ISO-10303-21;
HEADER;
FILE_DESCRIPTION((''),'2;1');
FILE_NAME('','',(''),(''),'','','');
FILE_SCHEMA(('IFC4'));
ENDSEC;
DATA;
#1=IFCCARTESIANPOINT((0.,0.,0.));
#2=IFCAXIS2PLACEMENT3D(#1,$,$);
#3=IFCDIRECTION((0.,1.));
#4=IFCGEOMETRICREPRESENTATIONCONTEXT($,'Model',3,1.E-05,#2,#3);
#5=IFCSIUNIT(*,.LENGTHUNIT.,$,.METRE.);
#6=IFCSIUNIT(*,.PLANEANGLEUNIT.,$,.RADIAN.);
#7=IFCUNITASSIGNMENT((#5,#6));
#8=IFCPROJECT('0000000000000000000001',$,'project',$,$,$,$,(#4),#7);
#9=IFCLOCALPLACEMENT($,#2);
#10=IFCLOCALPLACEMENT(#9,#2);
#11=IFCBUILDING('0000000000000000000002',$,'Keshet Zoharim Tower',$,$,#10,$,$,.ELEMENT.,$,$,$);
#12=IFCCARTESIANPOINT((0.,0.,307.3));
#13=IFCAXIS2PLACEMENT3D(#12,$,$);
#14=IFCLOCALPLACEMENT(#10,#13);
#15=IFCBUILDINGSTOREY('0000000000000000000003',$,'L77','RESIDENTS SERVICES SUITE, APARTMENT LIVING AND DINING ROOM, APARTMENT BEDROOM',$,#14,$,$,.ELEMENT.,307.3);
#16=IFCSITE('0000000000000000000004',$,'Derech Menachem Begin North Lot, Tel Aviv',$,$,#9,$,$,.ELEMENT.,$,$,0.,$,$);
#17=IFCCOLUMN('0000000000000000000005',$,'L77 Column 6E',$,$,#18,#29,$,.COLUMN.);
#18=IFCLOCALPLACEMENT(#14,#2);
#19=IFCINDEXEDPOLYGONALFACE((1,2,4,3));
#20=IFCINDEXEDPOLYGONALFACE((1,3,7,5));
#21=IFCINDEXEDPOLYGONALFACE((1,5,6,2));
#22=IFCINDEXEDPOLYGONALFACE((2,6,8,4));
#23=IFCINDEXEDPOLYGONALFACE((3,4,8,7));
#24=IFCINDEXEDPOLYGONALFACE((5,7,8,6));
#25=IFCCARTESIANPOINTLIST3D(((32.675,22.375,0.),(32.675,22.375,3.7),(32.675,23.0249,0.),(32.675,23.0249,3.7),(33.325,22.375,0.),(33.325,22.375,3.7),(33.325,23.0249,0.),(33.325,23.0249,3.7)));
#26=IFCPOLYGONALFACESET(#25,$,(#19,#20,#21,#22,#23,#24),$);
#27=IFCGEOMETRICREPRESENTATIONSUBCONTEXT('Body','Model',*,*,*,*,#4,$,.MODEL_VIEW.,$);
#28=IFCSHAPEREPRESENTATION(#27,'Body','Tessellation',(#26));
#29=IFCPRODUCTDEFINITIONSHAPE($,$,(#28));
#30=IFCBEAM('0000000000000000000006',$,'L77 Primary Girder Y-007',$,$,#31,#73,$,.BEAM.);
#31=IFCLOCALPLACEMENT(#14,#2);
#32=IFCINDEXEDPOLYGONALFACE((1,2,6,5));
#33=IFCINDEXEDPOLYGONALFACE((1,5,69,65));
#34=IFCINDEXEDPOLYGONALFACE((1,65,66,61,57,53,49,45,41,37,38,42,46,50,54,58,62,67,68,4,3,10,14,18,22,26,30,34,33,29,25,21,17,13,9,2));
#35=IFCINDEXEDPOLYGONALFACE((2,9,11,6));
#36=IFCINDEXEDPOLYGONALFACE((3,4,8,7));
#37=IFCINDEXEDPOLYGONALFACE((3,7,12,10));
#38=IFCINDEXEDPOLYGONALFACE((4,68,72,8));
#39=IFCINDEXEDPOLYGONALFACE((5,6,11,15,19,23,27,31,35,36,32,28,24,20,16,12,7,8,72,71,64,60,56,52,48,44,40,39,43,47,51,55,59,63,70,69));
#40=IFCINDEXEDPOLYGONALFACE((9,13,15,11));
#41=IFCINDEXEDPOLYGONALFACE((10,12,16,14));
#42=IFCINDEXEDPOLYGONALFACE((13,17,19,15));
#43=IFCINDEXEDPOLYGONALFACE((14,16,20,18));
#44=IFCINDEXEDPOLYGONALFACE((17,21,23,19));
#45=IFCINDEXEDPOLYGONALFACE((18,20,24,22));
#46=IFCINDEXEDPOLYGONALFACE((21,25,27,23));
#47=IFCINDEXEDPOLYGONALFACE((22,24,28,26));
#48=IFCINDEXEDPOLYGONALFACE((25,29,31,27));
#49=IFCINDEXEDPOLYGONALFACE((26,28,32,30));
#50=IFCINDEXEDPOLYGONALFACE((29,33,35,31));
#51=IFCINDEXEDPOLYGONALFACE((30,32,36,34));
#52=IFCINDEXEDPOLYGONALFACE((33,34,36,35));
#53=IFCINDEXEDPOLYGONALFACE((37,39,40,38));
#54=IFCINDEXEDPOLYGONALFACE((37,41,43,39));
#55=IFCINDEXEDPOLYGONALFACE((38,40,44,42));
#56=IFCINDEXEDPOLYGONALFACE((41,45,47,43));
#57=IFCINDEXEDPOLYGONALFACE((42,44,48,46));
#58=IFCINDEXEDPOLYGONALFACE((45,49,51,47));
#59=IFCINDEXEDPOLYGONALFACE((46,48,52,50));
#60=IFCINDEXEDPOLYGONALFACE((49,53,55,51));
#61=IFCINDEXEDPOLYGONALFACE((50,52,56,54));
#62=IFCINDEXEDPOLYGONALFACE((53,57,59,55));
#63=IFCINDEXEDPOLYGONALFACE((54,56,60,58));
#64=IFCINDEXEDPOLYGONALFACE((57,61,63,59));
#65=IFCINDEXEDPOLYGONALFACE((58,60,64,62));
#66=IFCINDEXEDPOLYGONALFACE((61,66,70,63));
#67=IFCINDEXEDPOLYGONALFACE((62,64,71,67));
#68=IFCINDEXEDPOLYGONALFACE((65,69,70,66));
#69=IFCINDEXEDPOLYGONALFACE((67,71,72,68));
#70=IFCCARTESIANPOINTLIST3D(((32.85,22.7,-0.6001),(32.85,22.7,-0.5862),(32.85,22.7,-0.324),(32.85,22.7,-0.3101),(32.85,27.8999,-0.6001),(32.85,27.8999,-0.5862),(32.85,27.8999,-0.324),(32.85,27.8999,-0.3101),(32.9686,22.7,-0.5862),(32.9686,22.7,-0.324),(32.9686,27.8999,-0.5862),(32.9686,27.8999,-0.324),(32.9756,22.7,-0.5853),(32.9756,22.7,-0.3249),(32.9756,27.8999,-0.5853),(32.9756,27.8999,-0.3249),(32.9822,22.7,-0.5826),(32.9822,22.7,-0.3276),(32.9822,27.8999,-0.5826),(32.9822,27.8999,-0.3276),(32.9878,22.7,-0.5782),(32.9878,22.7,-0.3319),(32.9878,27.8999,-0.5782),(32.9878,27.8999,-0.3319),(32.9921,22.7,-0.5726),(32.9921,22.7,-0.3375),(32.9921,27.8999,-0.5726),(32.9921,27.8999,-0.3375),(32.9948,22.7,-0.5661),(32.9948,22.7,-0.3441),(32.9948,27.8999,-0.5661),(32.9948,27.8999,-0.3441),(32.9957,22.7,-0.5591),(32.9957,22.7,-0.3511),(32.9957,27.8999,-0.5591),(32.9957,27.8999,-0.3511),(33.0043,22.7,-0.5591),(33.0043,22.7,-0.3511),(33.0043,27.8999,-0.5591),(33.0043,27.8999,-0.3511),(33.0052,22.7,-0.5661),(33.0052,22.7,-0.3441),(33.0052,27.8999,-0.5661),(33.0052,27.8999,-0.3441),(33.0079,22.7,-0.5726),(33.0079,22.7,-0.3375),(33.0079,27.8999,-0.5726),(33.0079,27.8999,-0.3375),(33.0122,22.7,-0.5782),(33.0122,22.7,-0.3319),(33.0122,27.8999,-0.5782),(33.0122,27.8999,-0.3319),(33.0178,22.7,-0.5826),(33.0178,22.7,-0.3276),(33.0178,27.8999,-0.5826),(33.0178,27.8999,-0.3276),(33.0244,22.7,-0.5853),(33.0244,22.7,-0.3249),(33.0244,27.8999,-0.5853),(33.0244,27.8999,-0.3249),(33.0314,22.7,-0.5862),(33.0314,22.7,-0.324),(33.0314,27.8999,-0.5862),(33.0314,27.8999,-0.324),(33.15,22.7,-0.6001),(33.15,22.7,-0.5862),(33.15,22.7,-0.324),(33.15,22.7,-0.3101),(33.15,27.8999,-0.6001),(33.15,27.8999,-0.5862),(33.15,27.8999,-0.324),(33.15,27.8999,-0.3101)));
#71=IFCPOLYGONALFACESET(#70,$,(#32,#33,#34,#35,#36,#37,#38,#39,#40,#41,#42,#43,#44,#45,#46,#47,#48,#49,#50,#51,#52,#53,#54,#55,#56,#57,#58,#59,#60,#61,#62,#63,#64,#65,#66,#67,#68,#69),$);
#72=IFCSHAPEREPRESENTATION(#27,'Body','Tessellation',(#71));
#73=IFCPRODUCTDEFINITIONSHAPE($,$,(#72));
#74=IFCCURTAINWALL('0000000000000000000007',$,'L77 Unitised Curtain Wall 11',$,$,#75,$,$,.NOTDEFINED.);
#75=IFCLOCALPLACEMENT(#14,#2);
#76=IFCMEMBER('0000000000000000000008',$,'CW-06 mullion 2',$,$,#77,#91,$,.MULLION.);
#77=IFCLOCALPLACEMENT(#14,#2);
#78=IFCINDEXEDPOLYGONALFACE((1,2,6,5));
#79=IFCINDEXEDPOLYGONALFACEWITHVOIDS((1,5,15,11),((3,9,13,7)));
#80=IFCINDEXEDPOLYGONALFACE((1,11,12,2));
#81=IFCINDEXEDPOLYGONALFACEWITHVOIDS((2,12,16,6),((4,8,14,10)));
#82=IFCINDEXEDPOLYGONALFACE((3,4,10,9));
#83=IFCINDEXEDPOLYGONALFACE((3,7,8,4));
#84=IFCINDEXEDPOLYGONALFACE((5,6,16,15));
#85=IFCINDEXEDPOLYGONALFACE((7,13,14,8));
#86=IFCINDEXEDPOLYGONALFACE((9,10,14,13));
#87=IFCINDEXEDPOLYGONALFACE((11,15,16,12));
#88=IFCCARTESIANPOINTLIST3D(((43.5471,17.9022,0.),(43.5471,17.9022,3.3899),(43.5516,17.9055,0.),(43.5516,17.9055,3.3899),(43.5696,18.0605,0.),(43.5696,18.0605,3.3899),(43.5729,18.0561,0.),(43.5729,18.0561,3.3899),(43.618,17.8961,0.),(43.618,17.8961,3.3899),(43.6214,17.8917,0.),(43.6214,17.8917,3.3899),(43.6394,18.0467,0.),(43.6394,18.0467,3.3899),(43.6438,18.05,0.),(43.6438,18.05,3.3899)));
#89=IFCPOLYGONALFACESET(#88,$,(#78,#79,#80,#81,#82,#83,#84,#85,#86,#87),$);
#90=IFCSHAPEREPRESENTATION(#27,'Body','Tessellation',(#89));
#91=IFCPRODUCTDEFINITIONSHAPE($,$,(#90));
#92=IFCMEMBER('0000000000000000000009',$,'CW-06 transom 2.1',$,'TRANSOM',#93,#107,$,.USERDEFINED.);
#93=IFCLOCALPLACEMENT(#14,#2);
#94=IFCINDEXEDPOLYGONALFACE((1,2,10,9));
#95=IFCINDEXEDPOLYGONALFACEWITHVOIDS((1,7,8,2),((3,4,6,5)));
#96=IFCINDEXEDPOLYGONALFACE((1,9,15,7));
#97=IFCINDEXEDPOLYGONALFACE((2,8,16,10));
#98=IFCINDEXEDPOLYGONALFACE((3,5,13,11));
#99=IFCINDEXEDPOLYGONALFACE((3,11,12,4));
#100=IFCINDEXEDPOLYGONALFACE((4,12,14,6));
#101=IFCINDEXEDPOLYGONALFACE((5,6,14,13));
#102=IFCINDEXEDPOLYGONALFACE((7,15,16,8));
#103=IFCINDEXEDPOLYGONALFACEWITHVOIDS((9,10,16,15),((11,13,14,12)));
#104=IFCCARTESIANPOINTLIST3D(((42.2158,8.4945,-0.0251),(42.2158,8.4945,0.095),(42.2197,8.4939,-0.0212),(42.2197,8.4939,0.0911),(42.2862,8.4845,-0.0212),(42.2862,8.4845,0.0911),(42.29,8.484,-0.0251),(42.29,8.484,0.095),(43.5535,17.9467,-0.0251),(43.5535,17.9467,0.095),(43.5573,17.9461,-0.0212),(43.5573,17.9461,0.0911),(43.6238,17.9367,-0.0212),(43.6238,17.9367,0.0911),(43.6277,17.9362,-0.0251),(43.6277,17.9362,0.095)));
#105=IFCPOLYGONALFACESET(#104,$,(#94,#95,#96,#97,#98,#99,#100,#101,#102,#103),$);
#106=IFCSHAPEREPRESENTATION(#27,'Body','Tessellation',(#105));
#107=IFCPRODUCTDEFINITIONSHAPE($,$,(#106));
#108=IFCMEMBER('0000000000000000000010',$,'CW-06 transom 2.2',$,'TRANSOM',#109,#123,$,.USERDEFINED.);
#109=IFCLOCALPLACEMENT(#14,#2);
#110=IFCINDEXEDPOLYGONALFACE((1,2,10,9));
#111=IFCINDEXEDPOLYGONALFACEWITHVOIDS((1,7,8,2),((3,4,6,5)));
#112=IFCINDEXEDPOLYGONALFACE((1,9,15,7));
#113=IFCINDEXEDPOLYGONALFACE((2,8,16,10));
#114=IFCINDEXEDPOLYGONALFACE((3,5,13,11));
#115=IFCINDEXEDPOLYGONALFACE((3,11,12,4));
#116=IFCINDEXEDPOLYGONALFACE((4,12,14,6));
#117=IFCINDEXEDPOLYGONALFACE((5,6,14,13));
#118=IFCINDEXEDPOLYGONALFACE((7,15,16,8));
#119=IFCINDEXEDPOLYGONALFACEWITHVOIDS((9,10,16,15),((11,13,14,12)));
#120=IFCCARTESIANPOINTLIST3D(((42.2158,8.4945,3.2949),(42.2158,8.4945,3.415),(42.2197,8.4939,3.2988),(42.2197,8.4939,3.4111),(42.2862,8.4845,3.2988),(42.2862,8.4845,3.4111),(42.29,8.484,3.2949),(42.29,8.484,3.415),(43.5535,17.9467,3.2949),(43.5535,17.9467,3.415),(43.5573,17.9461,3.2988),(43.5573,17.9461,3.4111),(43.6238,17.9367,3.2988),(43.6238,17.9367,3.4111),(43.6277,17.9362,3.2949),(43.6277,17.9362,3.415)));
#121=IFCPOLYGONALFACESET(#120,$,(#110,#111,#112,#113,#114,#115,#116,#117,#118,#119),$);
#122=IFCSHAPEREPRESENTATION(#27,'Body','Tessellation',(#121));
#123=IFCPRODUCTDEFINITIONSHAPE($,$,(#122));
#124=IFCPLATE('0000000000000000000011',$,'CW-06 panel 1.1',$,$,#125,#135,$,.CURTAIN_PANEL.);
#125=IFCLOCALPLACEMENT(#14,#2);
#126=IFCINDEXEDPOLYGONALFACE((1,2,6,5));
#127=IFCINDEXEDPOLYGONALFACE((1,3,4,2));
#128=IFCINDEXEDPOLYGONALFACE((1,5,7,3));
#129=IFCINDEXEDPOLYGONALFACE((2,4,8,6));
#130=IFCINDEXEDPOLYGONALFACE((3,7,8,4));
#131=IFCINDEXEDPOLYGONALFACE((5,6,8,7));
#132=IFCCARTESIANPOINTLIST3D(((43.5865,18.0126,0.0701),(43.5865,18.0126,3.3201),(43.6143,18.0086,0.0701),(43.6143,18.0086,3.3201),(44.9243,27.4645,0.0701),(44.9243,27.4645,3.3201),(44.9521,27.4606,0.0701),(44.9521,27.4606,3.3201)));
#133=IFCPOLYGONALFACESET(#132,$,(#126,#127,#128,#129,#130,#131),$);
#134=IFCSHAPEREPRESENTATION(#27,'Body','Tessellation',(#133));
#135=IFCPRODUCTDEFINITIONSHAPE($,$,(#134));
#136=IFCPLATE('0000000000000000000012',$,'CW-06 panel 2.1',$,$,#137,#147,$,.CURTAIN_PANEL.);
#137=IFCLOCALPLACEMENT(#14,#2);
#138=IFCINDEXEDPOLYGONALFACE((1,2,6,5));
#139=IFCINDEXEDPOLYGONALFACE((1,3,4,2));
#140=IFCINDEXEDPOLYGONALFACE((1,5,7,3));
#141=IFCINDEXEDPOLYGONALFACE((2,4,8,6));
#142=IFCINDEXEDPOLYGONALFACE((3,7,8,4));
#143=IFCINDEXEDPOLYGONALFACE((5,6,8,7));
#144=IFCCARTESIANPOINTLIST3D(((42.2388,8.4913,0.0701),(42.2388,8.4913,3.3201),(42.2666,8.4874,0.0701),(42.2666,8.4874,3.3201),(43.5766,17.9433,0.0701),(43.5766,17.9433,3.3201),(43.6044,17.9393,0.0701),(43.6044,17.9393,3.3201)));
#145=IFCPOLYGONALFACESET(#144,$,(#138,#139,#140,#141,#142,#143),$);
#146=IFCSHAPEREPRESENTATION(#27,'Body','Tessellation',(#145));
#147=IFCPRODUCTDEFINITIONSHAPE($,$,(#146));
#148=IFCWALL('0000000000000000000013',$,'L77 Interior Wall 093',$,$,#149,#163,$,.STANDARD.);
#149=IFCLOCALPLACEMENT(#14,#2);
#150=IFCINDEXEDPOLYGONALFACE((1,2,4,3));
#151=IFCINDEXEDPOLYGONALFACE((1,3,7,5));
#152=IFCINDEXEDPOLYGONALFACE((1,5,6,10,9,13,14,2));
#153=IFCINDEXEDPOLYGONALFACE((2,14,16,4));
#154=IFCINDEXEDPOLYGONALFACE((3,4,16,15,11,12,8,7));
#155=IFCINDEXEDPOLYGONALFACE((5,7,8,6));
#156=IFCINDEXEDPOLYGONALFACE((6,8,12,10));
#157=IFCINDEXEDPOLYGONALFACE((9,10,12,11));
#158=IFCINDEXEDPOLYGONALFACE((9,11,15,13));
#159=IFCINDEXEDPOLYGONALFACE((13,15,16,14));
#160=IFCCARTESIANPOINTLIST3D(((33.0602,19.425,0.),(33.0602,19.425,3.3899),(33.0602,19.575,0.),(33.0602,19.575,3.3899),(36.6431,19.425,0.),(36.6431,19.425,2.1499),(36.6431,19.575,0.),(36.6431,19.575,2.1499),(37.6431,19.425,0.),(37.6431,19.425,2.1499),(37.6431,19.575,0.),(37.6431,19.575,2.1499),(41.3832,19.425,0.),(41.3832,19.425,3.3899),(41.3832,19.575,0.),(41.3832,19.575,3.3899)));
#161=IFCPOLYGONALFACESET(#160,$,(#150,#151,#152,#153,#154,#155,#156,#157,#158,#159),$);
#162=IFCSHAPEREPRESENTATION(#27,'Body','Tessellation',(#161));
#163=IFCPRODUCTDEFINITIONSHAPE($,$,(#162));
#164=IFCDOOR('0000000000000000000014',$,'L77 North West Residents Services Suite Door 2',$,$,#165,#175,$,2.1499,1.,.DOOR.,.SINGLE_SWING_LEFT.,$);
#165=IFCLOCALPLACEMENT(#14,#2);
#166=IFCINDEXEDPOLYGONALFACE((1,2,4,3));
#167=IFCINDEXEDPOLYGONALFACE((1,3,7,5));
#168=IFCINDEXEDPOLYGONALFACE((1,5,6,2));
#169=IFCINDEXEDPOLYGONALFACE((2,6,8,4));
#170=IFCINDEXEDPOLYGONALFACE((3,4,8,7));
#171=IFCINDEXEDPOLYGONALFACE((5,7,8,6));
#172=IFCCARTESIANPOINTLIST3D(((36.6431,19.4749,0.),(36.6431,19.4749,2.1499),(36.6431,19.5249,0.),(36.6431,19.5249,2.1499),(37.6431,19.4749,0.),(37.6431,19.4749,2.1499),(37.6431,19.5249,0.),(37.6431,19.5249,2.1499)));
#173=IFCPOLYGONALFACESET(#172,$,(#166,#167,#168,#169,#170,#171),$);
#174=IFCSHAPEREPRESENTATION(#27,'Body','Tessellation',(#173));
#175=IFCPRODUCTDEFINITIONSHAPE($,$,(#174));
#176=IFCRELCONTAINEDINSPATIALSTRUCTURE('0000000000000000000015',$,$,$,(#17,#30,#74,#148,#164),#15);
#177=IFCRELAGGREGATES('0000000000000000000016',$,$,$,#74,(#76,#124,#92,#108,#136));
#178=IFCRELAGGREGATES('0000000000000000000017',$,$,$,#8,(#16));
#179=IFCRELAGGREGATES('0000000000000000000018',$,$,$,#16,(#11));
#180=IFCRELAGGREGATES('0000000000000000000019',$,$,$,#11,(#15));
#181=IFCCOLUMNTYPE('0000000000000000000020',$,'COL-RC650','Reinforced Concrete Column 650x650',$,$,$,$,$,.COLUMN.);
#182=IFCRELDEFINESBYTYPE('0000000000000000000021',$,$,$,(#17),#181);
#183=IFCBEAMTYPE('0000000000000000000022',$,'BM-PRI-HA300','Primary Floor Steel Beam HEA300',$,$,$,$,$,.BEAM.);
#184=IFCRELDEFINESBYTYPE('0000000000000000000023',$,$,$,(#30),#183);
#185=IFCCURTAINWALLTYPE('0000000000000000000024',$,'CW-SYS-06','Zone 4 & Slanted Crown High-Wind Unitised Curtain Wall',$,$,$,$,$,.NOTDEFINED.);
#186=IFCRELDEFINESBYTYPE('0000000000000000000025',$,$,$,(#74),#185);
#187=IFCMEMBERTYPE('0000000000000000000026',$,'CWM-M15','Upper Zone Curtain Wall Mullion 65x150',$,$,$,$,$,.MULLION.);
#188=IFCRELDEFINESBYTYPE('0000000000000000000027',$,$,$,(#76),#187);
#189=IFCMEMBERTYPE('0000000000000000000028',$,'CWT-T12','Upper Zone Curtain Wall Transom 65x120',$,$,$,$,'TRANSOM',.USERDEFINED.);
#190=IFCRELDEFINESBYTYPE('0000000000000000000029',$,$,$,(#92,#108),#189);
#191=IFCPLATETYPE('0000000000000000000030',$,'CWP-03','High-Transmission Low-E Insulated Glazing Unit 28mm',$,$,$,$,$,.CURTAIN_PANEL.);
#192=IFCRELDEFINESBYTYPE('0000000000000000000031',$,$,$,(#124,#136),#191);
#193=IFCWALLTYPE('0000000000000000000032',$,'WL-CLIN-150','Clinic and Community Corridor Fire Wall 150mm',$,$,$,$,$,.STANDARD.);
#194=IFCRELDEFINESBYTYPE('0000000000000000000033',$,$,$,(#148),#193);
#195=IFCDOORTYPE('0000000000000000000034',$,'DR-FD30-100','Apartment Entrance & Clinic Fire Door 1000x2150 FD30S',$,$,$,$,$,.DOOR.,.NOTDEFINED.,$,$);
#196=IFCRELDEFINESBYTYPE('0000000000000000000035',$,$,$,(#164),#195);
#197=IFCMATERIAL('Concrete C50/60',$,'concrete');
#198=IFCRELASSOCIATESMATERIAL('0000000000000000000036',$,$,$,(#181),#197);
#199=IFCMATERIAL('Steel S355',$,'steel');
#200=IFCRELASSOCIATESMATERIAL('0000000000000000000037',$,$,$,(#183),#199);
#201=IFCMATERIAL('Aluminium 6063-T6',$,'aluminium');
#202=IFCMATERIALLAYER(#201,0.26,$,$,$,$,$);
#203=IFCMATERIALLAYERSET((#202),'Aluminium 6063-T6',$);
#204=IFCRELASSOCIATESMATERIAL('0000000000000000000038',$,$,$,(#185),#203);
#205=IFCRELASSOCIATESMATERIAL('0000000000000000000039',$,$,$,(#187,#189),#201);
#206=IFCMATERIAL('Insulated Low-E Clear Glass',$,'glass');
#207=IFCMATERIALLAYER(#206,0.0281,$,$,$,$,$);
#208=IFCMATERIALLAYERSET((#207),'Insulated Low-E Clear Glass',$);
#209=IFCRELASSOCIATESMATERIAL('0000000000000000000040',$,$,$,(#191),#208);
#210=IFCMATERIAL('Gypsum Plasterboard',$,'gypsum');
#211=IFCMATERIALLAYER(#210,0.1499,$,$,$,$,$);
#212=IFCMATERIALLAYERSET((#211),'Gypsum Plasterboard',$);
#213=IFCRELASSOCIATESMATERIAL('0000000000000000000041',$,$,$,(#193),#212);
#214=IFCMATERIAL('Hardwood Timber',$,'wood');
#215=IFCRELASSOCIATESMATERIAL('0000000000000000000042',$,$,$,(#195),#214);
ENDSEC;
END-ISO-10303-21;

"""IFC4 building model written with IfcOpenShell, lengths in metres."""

from ifc_helpers import new_model, si_unit, direction, frame, frame_2d, origin, origin_2d, place, context, subcontext, project, spatial, rectangle, hollow_rectangle, i_section, extrude, material, layer, layer_set, material_profile, profile_set, type_object, element, fill, aggregate, save


model = new_model("IFC4")

# Units and contexts
model_context = context("Model", 3, precision=1e-05, world=origin(), true_north=direction((0.0, 1.0)))
body_context = subcontext(model_context, "Body", "Model", "MODEL_VIEW")
ifc_project = project(units=[si_unit("LENGTHUNIT", "METRE"), si_unit("PLANEANGLEUNIT", "RADIAN")], contexts=[model_context])

# Site, building, storey
site_placement = place(None, origin())
site = spatial("IfcSite", under=ifc_project, at=site_placement, Name="Derech Menachem Begin North Lot, Tel Aviv", CompositionType="ELEMENT", RefElevation=0.0)
building_placement = place(site_placement, origin())
building = spatial("IfcBuilding", under=site, at=building_placement, Name="Keshet Zoharim Tower", CompositionType="ELEMENT")
storey_placement = place(building_placement, frame((0.0, 0.0, 307.3)))
storey = spatial("IfcBuildingStorey", under=building, at=storey_placement, Name="L77", Description="RESIDENTS SERVICES SUITE, APARTMENT LIVING AND DINING ROOM, APARTMENT BEDROOM", CompositionType="ELEMENT", Elevation=307.3)

# Column
ifc_material_1 = material(Name="Concrete C50/60", Category="concrete")
ifc_material_profile_1 = material_profile(ifc_material_1, rectangle(XDim=0.6499, YDim=0.6499, at=origin_2d()), Name="RC650x650")
ifc_profile_set_1 = profile_set([ifc_material_profile_1], Name="Concrete C50/60")
column_type = type_object("IfcColumnType", Name="COL-RC650", Description="Reinforced Concrete Column 650x650", PredefinedType="COLUMN", material=ifc_profile_set_1)
column_placement = place(storey_placement, frame((33.0, 22.7, 0.0), z_axis=(0.0, 0.0, 1.0), x_axis=(1.0, 0.0, 0.0)))
element("IfcColumn", 1, at=column_placement, inside=storey, type_object=column_type, Name="L77 Column 6E", PredefinedType="COLUMN", context=body_context, shape_type="SweptSolid", body=[
    extrude(rectangle(XDim=0.6499, YDim=0.6499, at=origin_2d()), origin(), (0.0, 0.0, 1.0), 3.7),
])

# Beam
ifc_material_2 = material(Name="Steel S355", Category="steel")
ifc_material_profile_2 = material_profile(ifc_material_2, i_section(OverallWidth=0.3, OverallDepth=0.29, WebThickness=0.0085, FlangeThickness=0.0139, FilletRadius=0.0271, at=origin_2d()), Name="HEA300")
ifc_profile_set_2 = profile_set([ifc_material_profile_2], Name="Steel S355")
beam_type = type_object("IfcBeamType", Name="BM-PRI-HA300", Description="Primary Floor Steel Beam HEA300", PredefinedType="BEAM", material=ifc_profile_set_2)
beam_placement = place(storey_placement, frame((33.0, 22.7, -0.4551), z_axis=(0.0, 1.0, 0.0), x_axis=(-1.0, 0.0, 0.0)))
element("IfcBeam", 2, at=beam_placement, inside=storey, type_object=beam_type, Name="L77 Primary Girder Y-007", PredefinedType="BEAM", context=body_context, shape_type="SweptSolid", body=[
    extrude(i_section(OverallWidth=0.3, OverallDepth=0.29, WebThickness=0.0085, FlangeThickness=0.0139, FilletRadius=0.0271, at=origin_2d()), origin(), (0.0, 0.0, 1.0), 5.2),
])

# Curtain wall, members, plates
ifc_material_3 = material(Name="Aluminium 6063-T6", Category="aluminium")
ifc_layer_1 = layer(ifc_material_3, 0.26)
ifc_layer_set_1 = layer_set([ifc_layer_1], Name="Aluminium 6063-T6")
curtain_wall_type = type_object("IfcCurtainWallType", Name="CW-SYS-06", Description="Zone 4 & Slanted Crown High-Wind Unitised Curtain Wall", PredefinedType="NOTDEFINED", material=ifc_layer_set_1)
curtain_wall_placement = place(storey_placement, origin())
curtain_wall = element("IfcCurtainWall", 3, at=curtain_wall_placement, inside=storey, type_object=curtain_wall_type, Name="L77 Unitised Curtain Wall 11", PredefinedType="NOTDEFINED")
ifc_material_profile_3 = material_profile(ifc_material_3, hollow_rectangle(XDim=0.075, YDim=0.1599, WallThickness=0.0039, at=origin_2d()), Name="MUL-75x160")
ifc_profile_set_3 = profile_set([ifc_material_profile_3], Name="Aluminium 6063-T6")
member_type_1 = type_object("IfcMemberType", Name="CWM-M15", Description="Upper Zone Curtain Wall Mullion 65x150", PredefinedType="MULLION", material=ifc_profile_set_3)
member_1_placement = place(storey_placement, frame((43.5955, 17.9761, 0.0), z_axis=(0.0, 0.0, 1.0), x_axis=(0.990132, -0.140137, 0.0)))
member_1 = element("IfcMember", 4, at=member_1_placement, type_object=member_type_1, Name="CW-06 mullion 2", PredefinedType="MULLION", context=body_context, shape_type="SweptSolid", body=[
    extrude(hollow_rectangle(XDim=0.075, YDim=0.1599, WallThickness=0.0039, at=origin_2d()), origin(), (0.0, 0.0, 1.0), 3.3899),
])
ifc_material_profile_4 = material_profile(ifc_material_3, hollow_rectangle(XDim=0.075, YDim=0.1201, WallThickness=0.0039, at=origin_2d()), Name="TRN-75x120")
ifc_profile_set_4 = profile_set([ifc_material_profile_4], Name="Aluminium 6063-T6")
member_type_2 = type_object("IfcMemberType", Name="CWT-T12", Description="Upper Zone Curtain Wall Transom 65x120", ElementType="TRANSOM", PredefinedType="USERDEFINED", material=ifc_profile_set_4)
member_2_placement = place(storey_placement, frame((43.5906, 17.9414, 0.0349), z_axis=(-0.140122, -0.990134, 0.0), x_axis=(0.990134, -0.140122, 0.0)))
member_2 = element("IfcMember", 5, at=member_2_placement, type_object=member_type_2, Name="CW-06 transom 2.1", ObjectType="TRANSOM", PredefinedType="USERDEFINED", context=body_context, shape_type="SweptSolid", body=[
    extrude(hollow_rectangle(XDim=0.075, YDim=0.1201, WallThickness=0.0039, at=origin_2d()), origin(), (0.0, 0.0, 1.0), 9.5464),
])
member_3_placement = place(storey_placement, frame((43.5906, 17.9414, 3.355), z_axis=(-0.140122, -0.990134, 0.0), x_axis=(0.990134, -0.140122, 0.0)))
member_3 = element("IfcMember", 6, at=member_3_placement, type_object=member_type_2, Name="CW-06 transom 2.2", ObjectType="TRANSOM", PredefinedType="USERDEFINED", context=body_context, shape_type="SweptSolid", body=[
    extrude(hollow_rectangle(XDim=0.075, YDim=0.1201, WallThickness=0.0039, at=origin_2d()), origin(), (0.0, 0.0, 1.0), 9.5464),
])
ifc_material_4 = material(Name="Insulated Low-E Clear Glass", Category="glass")
ifc_layer_2 = layer(ifc_material_4, 0.0281)
ifc_layer_set_2 = layer_set([ifc_layer_2], Name="Insulated Low-E Clear Glass")
plate_type = type_object("IfcPlateType", Name="CWP-03", Description="High-Transmission Low-E Insulated Glazing Unit 28mm", PredefinedType="CURTAIN_PANEL", material=ifc_layer_set_2)
plate_1_placement = place(storey_placement, frame((44.2693, 22.7366, 0.0701), z_axis=(0.0, 0.0, 1.0), x_axis=(-0.140137, -0.990132, 0.0)))
plate_1 = element("IfcPlate", 7, at=plate_1_placement, type_object=plate_type, Name="CW-06 panel 1.1", PredefinedType="CURTAIN_PANEL", context=body_context, shape_type="SweptSolid", body=[
    extrude(rectangle(XDim=9.5461, YDim=0.0281, at=origin_2d()), origin(), (0.0, 0.0, 1.0), 3.25),
])
plate_2_placement = place(storey_placement, frame((42.9216, 13.2153, 0.0701), z_axis=(0.0, 0.0, 1.0), x_axis=(-0.140137, -0.990132, 0.0)))
plate_2 = element("IfcPlate", 8, at=plate_2_placement, type_object=plate_type, Name="CW-06 panel 2.1", PredefinedType="CURTAIN_PANEL", context=body_context, shape_type="SweptSolid", body=[
    extrude(rectangle(XDim=9.5461, YDim=0.0281, at=origin_2d()), origin(), (0.0, 0.0, 1.0), 3.25),
])
aggregate(curtain_wall, [member_1, plate_1, member_2, member_3, plate_2])

# Wall, opening, door
ifc_material_5 = material(Name="Gypsum Plasterboard", Category="gypsum")
ifc_layer_3 = layer(ifc_material_5, 0.1499)
ifc_layer_set_3 = layer_set([ifc_layer_3], Name="Gypsum Plasterboard")
wall_type_1 = type_object("IfcWallType", Name="WL-CLIN-150", Description="Clinic and Community Corridor Fire Wall 150mm", PredefinedType="STANDARD", material=ifc_layer_set_3)
wall_1_placement = place(storey_placement, frame((33.0601, 19.5, 0.0), z_axis=(0.0, 0.0, 1.0), x_axis=(1.0, 0.0, 0.0)))
wall_1 = element("IfcWall", 9, at=wall_1_placement, inside=storey, type_object=wall_type_1, Name="L77 Interior Wall 093", PredefinedType="STANDARD", context=body_context, shape_type="SweptSolid", body=[
    extrude(rectangle(XDim=8.323, YDim=0.1499, at=frame_2d((4.1616, 0.0))), origin(), (0.0, 0.0, 1.0), 3.3899),
])
opening_1_placement = place(wall_1_placement, frame((3.583, 0.0, 0.0)))
opening_1 = element("IfcOpeningElement", 10, at=opening_1_placement, cuts=wall_1, PredefinedType="OPENING", context=body_context, shape_type="SweptSolid", body=[
    extrude(rectangle(XDim=1.0, YDim=2.1499, at=frame_2d((0.5, 1.075))), frame((0.0, 0.085, 0.0), z_axis=(0.0, -1.0, 0.0), x_axis=(1.0, 0.0, 0.0)), (0.0, 0.0, 1.0), 0.1699),
])
ifc_material_6 = material(Name="Hardwood Timber", Category="wood")
door_type_1 = type_object("IfcDoorType", Name="DR-FD30-100", Description="Apartment Entrance & Clinic Fire Door 1000x2150 FD30S", OperationType="NOTDEFINED", PredefinedType="DOOR", material=ifc_material_6)
door_1_placement = place(opening_1_placement, origin())
door_1 = element("IfcDoor", 11, at=door_1_placement, inside=storey, type_object=door_type_1, Name="L77 North West Residents Services Suite Door 2", OperationType="SINGLE_SWING_LEFT", OverallHeight=2.1499, OverallWidth=1.0, PredefinedType="DOOR", context=body_context, shape_type="SweptSolid", body=[
    extrude(rectangle(XDim=1.0, YDim=2.1499, at=frame_2d((0.5, 1.075))), frame((0.0, 0.0249, 0.0), z_axis=(0.0, -1.0, 0.0), x_axis=(1.0, 0.0, 0.0)), (0.0, 0.0, 1.0), 0.05),
])
fill(opening_1, door_1)

save(model, "model.ifc")
